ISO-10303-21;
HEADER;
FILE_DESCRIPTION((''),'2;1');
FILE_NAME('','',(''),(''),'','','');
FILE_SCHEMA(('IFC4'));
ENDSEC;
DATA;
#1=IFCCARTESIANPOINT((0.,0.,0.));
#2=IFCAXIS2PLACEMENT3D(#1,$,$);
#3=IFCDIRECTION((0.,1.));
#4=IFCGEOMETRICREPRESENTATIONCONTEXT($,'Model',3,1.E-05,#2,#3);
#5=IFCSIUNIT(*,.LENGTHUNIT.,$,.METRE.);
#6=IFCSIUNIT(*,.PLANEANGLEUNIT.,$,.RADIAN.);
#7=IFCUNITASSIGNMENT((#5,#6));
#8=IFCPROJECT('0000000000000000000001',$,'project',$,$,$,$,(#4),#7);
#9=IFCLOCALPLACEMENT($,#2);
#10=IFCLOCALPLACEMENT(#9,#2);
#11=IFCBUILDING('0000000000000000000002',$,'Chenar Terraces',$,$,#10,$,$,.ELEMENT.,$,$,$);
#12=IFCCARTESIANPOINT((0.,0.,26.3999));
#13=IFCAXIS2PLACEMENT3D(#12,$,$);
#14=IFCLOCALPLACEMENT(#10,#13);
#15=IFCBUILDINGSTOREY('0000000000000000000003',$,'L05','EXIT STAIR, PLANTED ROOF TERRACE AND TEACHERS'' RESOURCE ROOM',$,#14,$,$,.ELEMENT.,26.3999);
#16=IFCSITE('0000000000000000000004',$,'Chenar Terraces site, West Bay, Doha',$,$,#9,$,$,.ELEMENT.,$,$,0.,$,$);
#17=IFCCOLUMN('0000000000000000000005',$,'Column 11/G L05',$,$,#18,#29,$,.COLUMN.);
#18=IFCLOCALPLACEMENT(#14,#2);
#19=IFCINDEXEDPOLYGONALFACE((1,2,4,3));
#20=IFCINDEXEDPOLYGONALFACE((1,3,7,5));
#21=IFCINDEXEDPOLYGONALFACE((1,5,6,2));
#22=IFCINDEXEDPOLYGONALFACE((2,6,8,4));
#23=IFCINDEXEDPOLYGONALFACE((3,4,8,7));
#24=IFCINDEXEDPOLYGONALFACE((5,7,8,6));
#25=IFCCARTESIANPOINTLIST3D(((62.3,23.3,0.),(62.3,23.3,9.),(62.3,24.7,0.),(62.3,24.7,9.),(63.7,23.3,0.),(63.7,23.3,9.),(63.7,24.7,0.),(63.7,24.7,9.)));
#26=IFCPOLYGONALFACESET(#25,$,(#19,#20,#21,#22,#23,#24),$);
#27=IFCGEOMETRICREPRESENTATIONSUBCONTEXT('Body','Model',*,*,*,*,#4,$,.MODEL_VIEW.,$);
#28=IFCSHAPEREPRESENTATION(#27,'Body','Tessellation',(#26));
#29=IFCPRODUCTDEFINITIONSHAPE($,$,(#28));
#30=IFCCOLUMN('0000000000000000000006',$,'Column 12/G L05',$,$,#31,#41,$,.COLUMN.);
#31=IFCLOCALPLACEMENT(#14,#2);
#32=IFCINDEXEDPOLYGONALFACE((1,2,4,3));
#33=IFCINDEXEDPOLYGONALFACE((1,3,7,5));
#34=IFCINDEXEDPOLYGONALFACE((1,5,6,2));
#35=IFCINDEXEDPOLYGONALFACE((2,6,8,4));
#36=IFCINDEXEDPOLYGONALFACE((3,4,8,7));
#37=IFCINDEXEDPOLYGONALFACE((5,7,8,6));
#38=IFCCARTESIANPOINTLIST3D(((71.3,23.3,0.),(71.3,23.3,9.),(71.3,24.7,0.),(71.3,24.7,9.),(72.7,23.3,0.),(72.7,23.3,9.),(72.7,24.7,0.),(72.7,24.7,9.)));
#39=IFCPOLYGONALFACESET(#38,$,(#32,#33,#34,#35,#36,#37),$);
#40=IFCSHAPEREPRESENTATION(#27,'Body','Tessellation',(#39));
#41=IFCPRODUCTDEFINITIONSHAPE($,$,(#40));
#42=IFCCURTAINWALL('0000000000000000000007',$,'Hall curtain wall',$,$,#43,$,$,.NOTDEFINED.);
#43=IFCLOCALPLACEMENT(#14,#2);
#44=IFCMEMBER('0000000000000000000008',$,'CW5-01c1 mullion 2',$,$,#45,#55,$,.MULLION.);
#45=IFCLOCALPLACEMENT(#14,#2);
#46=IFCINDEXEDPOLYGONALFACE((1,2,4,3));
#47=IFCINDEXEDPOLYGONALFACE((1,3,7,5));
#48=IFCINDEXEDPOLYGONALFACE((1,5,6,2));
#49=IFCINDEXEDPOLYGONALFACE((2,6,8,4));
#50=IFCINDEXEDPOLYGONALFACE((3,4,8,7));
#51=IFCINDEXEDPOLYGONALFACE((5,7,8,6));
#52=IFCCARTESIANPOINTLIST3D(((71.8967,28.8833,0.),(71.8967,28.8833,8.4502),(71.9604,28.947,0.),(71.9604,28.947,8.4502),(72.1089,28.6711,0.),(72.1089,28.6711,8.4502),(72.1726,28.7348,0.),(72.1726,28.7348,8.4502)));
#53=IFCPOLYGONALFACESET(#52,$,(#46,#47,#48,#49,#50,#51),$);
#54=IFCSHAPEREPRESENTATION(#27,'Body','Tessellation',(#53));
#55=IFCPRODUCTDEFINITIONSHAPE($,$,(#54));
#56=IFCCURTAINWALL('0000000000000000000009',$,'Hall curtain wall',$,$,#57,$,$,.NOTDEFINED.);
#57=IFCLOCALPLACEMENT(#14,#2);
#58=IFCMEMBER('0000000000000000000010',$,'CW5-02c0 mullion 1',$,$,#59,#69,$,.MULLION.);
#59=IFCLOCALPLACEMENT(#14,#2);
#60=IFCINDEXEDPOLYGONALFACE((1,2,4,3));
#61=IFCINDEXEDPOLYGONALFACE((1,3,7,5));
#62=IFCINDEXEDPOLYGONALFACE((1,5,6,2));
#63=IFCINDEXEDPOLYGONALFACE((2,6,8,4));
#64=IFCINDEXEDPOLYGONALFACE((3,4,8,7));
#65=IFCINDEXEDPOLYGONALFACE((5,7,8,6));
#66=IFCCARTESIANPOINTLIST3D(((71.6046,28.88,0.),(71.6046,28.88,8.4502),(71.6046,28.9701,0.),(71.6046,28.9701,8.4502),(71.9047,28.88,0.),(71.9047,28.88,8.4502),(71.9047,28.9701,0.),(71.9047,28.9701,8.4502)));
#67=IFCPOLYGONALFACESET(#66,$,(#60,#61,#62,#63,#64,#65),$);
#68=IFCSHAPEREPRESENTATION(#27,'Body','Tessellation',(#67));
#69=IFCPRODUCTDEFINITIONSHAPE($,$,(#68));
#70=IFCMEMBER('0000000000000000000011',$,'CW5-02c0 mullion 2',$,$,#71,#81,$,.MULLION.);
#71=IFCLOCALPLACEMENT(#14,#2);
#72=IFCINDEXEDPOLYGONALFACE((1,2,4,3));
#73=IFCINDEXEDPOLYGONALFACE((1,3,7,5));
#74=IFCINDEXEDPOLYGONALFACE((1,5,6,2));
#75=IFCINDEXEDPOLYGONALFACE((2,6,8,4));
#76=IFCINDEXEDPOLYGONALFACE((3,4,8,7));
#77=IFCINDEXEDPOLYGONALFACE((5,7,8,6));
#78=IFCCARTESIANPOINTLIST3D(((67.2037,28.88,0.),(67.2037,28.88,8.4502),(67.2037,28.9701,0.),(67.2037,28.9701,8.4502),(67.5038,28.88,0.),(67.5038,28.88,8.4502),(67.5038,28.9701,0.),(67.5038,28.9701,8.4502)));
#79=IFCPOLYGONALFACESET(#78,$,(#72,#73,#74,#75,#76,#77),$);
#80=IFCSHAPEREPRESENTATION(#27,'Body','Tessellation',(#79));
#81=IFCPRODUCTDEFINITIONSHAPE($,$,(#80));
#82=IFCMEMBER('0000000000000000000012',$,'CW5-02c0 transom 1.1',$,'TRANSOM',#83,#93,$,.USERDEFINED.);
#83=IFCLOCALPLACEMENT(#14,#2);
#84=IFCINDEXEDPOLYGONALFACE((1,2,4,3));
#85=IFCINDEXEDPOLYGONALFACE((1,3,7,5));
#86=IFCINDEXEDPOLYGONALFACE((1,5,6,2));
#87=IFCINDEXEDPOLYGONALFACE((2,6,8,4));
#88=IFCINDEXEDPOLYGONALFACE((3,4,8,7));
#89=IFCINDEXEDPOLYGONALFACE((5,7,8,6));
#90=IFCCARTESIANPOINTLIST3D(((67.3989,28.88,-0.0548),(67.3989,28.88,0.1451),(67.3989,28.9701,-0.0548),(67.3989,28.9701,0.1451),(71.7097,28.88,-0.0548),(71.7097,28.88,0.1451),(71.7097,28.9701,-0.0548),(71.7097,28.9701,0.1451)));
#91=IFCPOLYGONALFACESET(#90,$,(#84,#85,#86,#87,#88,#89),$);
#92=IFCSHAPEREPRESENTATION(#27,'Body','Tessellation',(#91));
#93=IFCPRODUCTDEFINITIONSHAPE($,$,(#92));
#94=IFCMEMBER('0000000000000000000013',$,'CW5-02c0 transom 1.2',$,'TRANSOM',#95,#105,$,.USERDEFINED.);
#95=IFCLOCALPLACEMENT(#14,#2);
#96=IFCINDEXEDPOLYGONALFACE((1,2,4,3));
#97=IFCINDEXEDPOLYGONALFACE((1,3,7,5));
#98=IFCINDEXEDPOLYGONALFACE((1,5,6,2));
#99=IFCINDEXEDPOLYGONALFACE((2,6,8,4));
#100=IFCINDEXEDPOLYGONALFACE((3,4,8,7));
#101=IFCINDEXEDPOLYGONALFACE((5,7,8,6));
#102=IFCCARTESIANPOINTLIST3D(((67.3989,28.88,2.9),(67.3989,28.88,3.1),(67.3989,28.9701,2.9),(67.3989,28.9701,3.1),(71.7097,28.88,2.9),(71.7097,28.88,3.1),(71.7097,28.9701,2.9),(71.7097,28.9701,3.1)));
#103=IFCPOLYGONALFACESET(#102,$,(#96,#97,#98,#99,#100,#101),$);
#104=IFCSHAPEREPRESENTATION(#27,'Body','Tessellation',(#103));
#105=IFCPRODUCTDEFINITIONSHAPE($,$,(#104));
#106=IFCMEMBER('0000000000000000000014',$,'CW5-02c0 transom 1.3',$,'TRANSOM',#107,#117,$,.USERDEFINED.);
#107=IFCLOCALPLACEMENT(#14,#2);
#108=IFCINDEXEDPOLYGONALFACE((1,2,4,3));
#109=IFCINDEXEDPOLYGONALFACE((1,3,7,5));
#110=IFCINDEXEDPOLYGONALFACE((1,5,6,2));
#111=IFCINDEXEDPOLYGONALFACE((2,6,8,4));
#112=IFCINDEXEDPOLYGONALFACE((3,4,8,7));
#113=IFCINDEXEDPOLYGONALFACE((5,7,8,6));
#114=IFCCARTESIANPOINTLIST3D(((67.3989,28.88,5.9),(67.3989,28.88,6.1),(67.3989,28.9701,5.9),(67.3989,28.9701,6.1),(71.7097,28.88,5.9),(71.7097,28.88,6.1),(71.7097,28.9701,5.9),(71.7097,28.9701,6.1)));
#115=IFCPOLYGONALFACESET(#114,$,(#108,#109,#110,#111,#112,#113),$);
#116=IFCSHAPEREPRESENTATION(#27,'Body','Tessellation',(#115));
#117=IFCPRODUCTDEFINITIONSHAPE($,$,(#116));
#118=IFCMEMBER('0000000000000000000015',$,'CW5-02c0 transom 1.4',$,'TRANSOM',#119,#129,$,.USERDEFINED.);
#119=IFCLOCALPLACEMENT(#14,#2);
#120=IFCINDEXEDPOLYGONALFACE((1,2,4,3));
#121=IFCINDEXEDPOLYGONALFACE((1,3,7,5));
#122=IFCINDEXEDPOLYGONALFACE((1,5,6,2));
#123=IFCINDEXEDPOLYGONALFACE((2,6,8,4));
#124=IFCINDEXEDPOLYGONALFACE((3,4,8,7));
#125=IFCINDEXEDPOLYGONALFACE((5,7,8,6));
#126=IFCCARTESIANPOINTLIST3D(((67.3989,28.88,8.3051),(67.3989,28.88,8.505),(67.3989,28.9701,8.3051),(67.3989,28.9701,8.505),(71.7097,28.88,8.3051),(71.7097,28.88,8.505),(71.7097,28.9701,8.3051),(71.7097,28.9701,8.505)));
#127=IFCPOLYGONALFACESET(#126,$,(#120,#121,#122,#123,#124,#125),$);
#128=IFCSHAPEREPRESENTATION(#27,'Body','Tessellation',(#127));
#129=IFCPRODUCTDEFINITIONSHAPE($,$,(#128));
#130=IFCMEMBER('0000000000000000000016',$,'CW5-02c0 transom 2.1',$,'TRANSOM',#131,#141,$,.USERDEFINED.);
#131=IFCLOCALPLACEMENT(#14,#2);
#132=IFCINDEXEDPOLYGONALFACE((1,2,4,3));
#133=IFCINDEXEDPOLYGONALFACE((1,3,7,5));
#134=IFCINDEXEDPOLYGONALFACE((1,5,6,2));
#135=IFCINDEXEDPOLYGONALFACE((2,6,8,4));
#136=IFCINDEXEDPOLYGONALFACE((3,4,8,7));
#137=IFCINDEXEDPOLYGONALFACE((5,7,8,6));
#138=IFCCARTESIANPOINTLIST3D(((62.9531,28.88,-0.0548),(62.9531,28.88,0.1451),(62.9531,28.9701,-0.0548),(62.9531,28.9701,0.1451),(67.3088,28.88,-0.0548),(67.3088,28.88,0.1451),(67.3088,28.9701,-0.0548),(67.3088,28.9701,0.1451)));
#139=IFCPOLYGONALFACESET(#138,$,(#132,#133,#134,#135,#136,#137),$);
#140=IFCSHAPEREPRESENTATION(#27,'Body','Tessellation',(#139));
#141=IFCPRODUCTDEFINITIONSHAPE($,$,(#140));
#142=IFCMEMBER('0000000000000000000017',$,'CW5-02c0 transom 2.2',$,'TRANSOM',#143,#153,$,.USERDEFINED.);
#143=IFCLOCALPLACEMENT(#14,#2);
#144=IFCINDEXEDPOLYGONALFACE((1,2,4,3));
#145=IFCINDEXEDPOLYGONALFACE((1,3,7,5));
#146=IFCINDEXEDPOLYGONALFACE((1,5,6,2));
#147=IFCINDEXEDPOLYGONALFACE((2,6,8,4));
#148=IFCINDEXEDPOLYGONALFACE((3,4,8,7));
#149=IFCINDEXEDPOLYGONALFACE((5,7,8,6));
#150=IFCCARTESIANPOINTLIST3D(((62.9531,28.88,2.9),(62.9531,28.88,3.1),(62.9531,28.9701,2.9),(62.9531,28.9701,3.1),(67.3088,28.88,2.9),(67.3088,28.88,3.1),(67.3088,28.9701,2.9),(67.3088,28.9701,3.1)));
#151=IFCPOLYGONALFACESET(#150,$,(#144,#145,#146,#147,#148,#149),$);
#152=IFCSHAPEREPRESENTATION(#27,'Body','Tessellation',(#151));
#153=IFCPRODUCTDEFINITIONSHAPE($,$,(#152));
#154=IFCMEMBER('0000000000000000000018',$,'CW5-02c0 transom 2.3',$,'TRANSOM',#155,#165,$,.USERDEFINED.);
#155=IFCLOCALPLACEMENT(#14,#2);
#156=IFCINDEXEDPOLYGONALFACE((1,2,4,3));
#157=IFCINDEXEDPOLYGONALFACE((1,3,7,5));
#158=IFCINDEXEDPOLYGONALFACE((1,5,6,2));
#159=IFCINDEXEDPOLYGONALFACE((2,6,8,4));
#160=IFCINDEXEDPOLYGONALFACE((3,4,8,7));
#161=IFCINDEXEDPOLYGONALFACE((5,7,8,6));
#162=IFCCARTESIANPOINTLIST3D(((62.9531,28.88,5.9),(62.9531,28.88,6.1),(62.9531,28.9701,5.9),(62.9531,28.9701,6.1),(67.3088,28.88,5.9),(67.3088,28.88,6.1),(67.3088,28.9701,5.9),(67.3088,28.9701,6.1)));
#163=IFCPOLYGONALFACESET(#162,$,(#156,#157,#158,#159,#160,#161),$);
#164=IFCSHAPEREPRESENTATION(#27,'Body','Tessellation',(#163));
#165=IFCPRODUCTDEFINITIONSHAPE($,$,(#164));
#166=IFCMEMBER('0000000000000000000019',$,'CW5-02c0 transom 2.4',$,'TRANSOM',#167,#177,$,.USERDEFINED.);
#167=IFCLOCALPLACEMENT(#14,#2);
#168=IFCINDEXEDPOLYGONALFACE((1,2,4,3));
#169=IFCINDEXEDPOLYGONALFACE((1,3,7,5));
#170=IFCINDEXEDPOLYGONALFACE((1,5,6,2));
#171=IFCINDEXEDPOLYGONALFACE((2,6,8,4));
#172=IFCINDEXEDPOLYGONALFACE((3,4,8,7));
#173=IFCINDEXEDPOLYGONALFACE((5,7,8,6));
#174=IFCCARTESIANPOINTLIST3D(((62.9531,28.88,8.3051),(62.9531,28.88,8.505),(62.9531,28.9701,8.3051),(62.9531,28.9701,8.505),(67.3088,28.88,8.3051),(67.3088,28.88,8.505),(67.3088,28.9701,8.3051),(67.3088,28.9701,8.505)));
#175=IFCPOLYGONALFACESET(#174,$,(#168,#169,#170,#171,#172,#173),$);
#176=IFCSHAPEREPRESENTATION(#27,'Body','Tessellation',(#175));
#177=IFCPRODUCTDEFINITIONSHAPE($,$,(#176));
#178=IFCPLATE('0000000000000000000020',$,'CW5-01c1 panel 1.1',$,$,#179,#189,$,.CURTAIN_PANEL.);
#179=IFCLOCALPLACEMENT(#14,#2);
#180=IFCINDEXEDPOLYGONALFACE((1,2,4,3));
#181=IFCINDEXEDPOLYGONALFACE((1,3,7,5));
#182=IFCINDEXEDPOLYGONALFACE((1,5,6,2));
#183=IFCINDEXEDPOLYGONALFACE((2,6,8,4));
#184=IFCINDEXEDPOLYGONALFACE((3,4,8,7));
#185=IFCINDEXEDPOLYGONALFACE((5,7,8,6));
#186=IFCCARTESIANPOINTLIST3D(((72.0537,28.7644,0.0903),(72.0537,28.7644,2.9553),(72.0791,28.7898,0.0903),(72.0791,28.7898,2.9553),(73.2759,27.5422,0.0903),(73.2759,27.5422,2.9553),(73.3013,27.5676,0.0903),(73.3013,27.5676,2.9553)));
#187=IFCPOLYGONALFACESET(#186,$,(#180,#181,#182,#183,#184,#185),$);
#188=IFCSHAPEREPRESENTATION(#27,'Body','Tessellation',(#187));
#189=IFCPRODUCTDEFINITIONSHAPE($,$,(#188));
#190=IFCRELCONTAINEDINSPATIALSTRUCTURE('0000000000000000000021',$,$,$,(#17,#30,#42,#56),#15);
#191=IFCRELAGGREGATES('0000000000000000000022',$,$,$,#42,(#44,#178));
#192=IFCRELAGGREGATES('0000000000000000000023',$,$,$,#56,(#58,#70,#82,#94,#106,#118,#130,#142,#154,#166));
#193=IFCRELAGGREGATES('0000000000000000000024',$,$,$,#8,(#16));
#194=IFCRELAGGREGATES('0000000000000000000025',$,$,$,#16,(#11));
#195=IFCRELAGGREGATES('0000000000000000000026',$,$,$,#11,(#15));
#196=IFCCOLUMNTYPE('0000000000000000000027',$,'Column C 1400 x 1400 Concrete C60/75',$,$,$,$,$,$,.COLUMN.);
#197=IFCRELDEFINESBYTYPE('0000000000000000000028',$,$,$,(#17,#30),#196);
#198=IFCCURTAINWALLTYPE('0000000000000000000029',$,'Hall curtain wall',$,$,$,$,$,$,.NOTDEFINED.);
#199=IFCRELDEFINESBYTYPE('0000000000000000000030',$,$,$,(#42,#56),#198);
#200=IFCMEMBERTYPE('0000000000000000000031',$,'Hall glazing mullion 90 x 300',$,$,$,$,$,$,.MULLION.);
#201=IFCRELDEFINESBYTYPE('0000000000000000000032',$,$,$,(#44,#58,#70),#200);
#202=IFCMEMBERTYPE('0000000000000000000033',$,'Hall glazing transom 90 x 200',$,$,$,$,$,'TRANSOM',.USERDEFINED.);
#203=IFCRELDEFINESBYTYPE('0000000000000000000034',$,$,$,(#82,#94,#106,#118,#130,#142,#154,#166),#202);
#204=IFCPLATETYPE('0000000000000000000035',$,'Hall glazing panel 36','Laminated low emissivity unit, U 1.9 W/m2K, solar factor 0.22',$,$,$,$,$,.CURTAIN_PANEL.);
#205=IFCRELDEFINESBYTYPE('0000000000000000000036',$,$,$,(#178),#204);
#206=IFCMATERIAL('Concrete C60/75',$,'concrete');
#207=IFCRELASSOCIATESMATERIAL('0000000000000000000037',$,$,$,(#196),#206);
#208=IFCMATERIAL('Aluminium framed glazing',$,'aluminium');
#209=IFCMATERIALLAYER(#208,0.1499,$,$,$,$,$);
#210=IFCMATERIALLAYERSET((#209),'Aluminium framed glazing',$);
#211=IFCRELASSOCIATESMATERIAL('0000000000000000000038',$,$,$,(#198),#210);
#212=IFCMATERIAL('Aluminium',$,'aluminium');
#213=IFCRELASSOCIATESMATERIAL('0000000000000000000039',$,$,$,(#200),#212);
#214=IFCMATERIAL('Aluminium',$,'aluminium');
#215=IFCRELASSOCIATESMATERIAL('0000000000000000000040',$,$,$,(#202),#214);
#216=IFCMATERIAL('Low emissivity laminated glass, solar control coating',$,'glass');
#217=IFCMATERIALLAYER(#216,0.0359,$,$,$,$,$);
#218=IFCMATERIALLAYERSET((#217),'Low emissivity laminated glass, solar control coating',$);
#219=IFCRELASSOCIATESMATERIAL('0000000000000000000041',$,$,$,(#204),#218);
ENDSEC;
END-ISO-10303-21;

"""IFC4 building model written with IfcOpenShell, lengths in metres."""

from ifc_helpers import new_model, si_unit, direction, frame, origin, origin_2d, place, context, subcontext, project, spatial, rectangle, extrude, material, layer, layer_set, material_profile, profile_set, type_object, element, aggregate, save


model = new_model("IFC4")

# Units and contexts
model_context = context("Model", 3, precision=1e-05, world=origin(), true_north=direction((0.0, 1.0)))
body_context = subcontext(model_context, "Body", "Model", "MODEL_VIEW")
ifc_project = project(units=[si_unit("LENGTHUNIT", "METRE"), si_unit("PLANEANGLEUNIT", "RADIAN")], contexts=[model_context])

# Site, building, storey
site_placement = place(None, origin())
site = spatial("IfcSite", under=ifc_project, at=site_placement, Name="Chenar Terraces site, West Bay, Doha", CompositionType="ELEMENT", RefElevation=0.0)
building_placement = place(site_placement, origin())
building = spatial("IfcBuilding", under=site, at=building_placement, Name="Chenar Terraces", CompositionType="ELEMENT")
storey_placement = place(building_placement, frame((0.0, 0.0, 26.3999)))
storey = spatial("IfcBuildingStorey", under=building, at=storey_placement, Name="L05", Description="EXIT STAIR, PLANTED ROOF TERRACE AND TEACHERS' RESOURCE ROOM", CompositionType="ELEMENT", Elevation=26.3999)

# Columns
ifc_material_1 = material(Name="Concrete C60/75", Category="concrete")
ifc_material_profile_1 = material_profile(ifc_material_1, rectangle(XDim=1.3999, YDim=1.3999, at=origin_2d()), Name="C 1400 x 1400")
ifc_profile_set_1 = profile_set([ifc_material_profile_1], Name="Concrete C60/75")
column_type = type_object("IfcColumnType", Name="Column C 1400 x 1400 Concrete C60/75", PredefinedType="COLUMN", material=ifc_profile_set_1)
for number, where, z_axis, x_axis, name in (
    (1, (63.0, 24.0, 0.0), (0.0, 0.0, 1.0), (1.0, 0.0, 0.0), "Column 11/G L05"),
    (2, (72.0, 24.0, 0.0), (0.0, 0.0, 1.0), (1.0, 0.0, 0.0), "Column 12/G L05"),
):
    element("IfcColumn", number, at=place(storey_placement, frame(where, z_axis=z_axis, x_axis=x_axis)), inside=storey, type_object=column_type, Name=name, PredefinedType="COLUMN", context=body_context, shape_type="SweptSolid", body=[
        extrude(rectangle(XDim=1.3999, YDim=1.3999, at=origin_2d()), origin(), (0.0, 0.0, 1.0), 9.0),
    ])

# Curtain wall, member
ifc_material_2 = material(Name="Aluminium framed glazing", Category="aluminium")
ifc_layer_1 = layer(ifc_material_2, 0.1499)
ifc_layer_set_1 = layer_set([ifc_layer_1], Name="Aluminium framed glazing")
curtain_wall_type = type_object("IfcCurtainWallType", Name="Hall curtain wall", PredefinedType="NOTDEFINED", material=ifc_layer_set_1)
placement = place(storey_placement, origin())
curtain_wall_1 = element("IfcCurtainWall", 3, at=placement, inside=storey, type_object=curtain_wall_type, Name="Hall curtain wall", PredefinedType="NOTDEFINED")
ifc_material_3 = material(Name="Aluminium", Category="aluminium")
ifc_material_profile_2 = material_profile(ifc_material_3, rectangle(XDim=0.0901, YDim=0.3, at=origin_2d()), Name="Hall glazing mullion 90 x 300")
ifc_profile_set_2 = profile_set([ifc_material_profile_2], Name="Aluminium")
member_type_1 = type_object("IfcMemberType", Name="Hall glazing mullion 90 x 300", PredefinedType="MULLION", material=ifc_profile_set_2)
member_1_placement = place(storey_placement, frame((72.0347, 28.8091, 0.0), z_axis=(0.0, 0.0, 1.0), x_axis=(-0.707107, -0.707107, 0.0)))
member_1 = element("IfcMember", 4, at=member_1_placement, type_object=member_type_1, Name="CW5-01c1 mullion 2", PredefinedType="MULLION", context=body_context, shape_type="SweptSolid", body=[
    extrude(rectangle(XDim=0.0901, YDim=0.3, at=origin_2d()), origin(), (0.0, 0.0, 1.0), 8.4502),
])

# Curtain wall, members
curtain_wall_2 = element("IfcCurtainWall", 5, at=placement, inside=storey, type_object=curtain_wall_type, Name="Hall curtain wall", PredefinedType="NOTDEFINED")
member_2_placement = place(storey_placement, frame((71.7546, 28.925, 0.0), z_axis=(0.0, 0.0, 1.0), x_axis=(0.0, -1.0, 0.0)))
member_2 = element("IfcMember", 6, at=member_2_placement, type_object=member_type_1, Name="CW5-02c0 mullion 1", PredefinedType="MULLION", context=body_context, shape_type="SweptSolid", body=[
    extrude(rectangle(XDim=0.0901, YDim=0.3, at=origin_2d()), origin(), (0.0, 0.0, 1.0), 8.4502),
])
member_3_placement = place(storey_placement, frame((67.3538, 28.925, 0.0), z_axis=(0.0, 0.0, 1.0), x_axis=(0.0, -1.0, 0.0)))
member_3 = element("IfcMember", 7, at=member_3_placement, type_object=member_type_1, Name="CW5-02c0 mullion 2", PredefinedType="MULLION", context=body_context, shape_type="SweptSolid", body=[
    extrude(rectangle(XDim=0.0901, YDim=0.3, at=origin_2d()), origin(), (0.0, 0.0, 1.0), 8.4502),
])
ifc_material_4 = material(Name="Aluminium", Category="aluminium")
ifc_material_profile_3 = material_profile(ifc_material_4, rectangle(XDim=0.0901, YDim=0.2, at=origin_2d()), Name="Hall glazing transom 90 x 200")
ifc_profile_set_3 = profile_set([ifc_material_profile_3], Name="Aluminium")
member_type_2 = type_object("IfcMemberType", Name="Hall glazing transom 90 x 200", ElementType="TRANSOM", PredefinedType="USERDEFINED", material=ifc_profile_set_3)
member_4_placement = place(storey_placement, frame((71.7097, 28.925, 0.0452), z_axis=(-1.0, 0.0, 0.0), x_axis=(0.0, -1.0, 0.0)))
member_4 = element("IfcMember", 8, at=member_4_placement, type_object=member_type_2, Name="CW5-02c0 transom 1.1", ObjectType="TRANSOM", PredefinedType="USERDEFINED", context=body_context, shape_type="SweptSolid", body=[
    extrude(rectangle(XDim=0.0901, YDim=0.2, at=origin_2d()), origin(), (0.0, 0.0, 1.0), 4.3108),
])
member_5_placement = place(storey_placement, frame((71.7097, 28.925, 3.0), z_axis=(-1.0, 0.0, 0.0), x_axis=(0.0, -1.0, 0.0)))
member_5 = element("IfcMember", 9, at=member_5_placement, type_object=member_type_2, Name="CW5-02c0 transom 1.2", ObjectType="TRANSOM", PredefinedType="USERDEFINED", context=body_context, shape_type="SweptSolid", body=[
    extrude(rectangle(XDim=0.0901, YDim=0.2, at=origin_2d()), origin(), (0.0, 0.0, 1.0), 4.3108),
])
member_6_placement = place(storey_placement, frame((71.7097, 28.925, 6.0), z_axis=(-1.0, 0.0, 0.0), x_axis=(0.0, -1.0, 0.0)))
member_6 = element("IfcMember", 10, at=member_6_placement, type_object=member_type_2, Name="CW5-02c0 transom 1.3", ObjectType="TRANSOM", PredefinedType="USERDEFINED", context=body_context, shape_type="SweptSolid", body=[
    extrude(rectangle(XDim=0.0901, YDim=0.2, at=origin_2d()), origin(), (0.0, 0.0, 1.0), 4.3108),
])
member_7_placement = place(storey_placement, frame((71.7097, 28.925, 8.405), z_axis=(-1.0, 0.0, 0.0), x_axis=(0.0, -1.0, 0.0)))
member_7 = element("IfcMember", 11, at=member_7_placement, type_object=member_type_2, Name="CW5-02c0 transom 1.4", ObjectType="TRANSOM", PredefinedType="USERDEFINED", context=body_context, shape_type="SweptSolid", body=[
    extrude(rectangle(XDim=0.0901, YDim=0.2, at=origin_2d()), origin(), (0.0, 0.0, 1.0), 4.3108),
])
member_8_placement = place(storey_placement, frame((67.3088, 28.925, 0.0452), z_axis=(-1.0, 0.0, 0.0), x_axis=(0.0, -1.0, 0.0)))
member_8 = element("IfcMember", 12, at=member_8_placement, type_object=member_type_2, Name="CW5-02c0 transom 2.1", ObjectType="TRANSOM", PredefinedType="USERDEFINED", context=body_context, shape_type="SweptSolid", body=[
    extrude(rectangle(XDim=0.0901, YDim=0.2, at=origin_2d()), origin(), (0.0, 0.0, 1.0), 4.3557),
])
member_9_placement = place(storey_placement, frame((67.3088, 28.925, 3.0), z_axis=(-1.0, 0.0, 0.0), x_axis=(0.0, -1.0, 0.0)))
member_9 = element("IfcMember", 13, at=member_9_placement, type_object=member_type_2, Name="CW5-02c0 transom 2.2", ObjectType="TRANSOM", PredefinedType="USERDEFINED", context=body_context, shape_type="SweptSolid", body=[
    extrude(rectangle(XDim=0.0901, YDim=0.2, at=origin_2d()), origin(), (0.0, 0.0, 1.0), 4.3557),
])
member_10_placement = place(storey_placement, frame((67.3088, 28.925, 6.0), z_axis=(-1.0, 0.0, 0.0), x_axis=(0.0, -1.0, 0.0)))
member_10 = element("IfcMember", 14, at=member_10_placement, type_object=member_type_2, Name="CW5-02c0 transom 2.3", ObjectType="TRANSOM", PredefinedType="USERDEFINED", context=body_context, shape_type="SweptSolid", body=[
    extrude(rectangle(XDim=0.0901, YDim=0.2, at=origin_2d()), origin(), (0.0, 0.0, 1.0), 4.3557),
])
member_11_placement = place(storey_placement, frame((67.3088, 28.925, 8.405), z_axis=(-1.0, 0.0, 0.0), x_axis=(0.0, -1.0, 0.0)))
member_11 = element("IfcMember", 15, at=member_11_placement, type_object=member_type_2, Name="CW5-02c0 transom 2.4", ObjectType="TRANSOM", PredefinedType="USERDEFINED", context=body_context, shape_type="SweptSolid", body=[
    extrude(rectangle(XDim=0.0901, YDim=0.2, at=origin_2d()), origin(), (0.0, 0.0, 1.0), 4.3557),
])

# Plate
ifc_material_5 = material(Name="Low emissivity laminated glass, solar control coating", Category="glass")
ifc_layer_2 = layer(ifc_material_5, 0.0359)
ifc_layer_set_2 = layer_set([ifc_layer_2], Name="Low emissivity laminated glass, solar control coating")
plate_type = type_object("IfcPlateType", Name="Hall glazing panel 36", Description="Laminated low emissivity unit, U 1.9 W/m2K, solar factor 0.22", PredefinedType="CURTAIN_PANEL", material=ifc_layer_set_2)
plate_1_placement = place(storey_placement, frame((72.6775, 28.166, 0.0903), z_axis=(0.0, 0.0, 1.0), x_axis=(-0.707107, 0.707107, 0.0)))
plate_1 = element("IfcPlate", 16, at=plate_1_placement, type_object=plate_type, Name="CW5-01c1 panel 1.1", PredefinedType="CURTAIN_PANEL", context=body_context, shape_type="SweptSolid", body=[
    extrude(rectangle(XDim=1.7285, YDim=0.0359, at=origin_2d()), origin(), (0.0, 0.0, 1.0), 2.865),
])
aggregate(curtain_wall_1, [member_1, plate_1])
aggregate(curtain_wall_2, [member_2, member_3, member_4, member_5, member_6, member_7, member_8, member_9, member_10, member_11])

save(model, "model.ifc")
